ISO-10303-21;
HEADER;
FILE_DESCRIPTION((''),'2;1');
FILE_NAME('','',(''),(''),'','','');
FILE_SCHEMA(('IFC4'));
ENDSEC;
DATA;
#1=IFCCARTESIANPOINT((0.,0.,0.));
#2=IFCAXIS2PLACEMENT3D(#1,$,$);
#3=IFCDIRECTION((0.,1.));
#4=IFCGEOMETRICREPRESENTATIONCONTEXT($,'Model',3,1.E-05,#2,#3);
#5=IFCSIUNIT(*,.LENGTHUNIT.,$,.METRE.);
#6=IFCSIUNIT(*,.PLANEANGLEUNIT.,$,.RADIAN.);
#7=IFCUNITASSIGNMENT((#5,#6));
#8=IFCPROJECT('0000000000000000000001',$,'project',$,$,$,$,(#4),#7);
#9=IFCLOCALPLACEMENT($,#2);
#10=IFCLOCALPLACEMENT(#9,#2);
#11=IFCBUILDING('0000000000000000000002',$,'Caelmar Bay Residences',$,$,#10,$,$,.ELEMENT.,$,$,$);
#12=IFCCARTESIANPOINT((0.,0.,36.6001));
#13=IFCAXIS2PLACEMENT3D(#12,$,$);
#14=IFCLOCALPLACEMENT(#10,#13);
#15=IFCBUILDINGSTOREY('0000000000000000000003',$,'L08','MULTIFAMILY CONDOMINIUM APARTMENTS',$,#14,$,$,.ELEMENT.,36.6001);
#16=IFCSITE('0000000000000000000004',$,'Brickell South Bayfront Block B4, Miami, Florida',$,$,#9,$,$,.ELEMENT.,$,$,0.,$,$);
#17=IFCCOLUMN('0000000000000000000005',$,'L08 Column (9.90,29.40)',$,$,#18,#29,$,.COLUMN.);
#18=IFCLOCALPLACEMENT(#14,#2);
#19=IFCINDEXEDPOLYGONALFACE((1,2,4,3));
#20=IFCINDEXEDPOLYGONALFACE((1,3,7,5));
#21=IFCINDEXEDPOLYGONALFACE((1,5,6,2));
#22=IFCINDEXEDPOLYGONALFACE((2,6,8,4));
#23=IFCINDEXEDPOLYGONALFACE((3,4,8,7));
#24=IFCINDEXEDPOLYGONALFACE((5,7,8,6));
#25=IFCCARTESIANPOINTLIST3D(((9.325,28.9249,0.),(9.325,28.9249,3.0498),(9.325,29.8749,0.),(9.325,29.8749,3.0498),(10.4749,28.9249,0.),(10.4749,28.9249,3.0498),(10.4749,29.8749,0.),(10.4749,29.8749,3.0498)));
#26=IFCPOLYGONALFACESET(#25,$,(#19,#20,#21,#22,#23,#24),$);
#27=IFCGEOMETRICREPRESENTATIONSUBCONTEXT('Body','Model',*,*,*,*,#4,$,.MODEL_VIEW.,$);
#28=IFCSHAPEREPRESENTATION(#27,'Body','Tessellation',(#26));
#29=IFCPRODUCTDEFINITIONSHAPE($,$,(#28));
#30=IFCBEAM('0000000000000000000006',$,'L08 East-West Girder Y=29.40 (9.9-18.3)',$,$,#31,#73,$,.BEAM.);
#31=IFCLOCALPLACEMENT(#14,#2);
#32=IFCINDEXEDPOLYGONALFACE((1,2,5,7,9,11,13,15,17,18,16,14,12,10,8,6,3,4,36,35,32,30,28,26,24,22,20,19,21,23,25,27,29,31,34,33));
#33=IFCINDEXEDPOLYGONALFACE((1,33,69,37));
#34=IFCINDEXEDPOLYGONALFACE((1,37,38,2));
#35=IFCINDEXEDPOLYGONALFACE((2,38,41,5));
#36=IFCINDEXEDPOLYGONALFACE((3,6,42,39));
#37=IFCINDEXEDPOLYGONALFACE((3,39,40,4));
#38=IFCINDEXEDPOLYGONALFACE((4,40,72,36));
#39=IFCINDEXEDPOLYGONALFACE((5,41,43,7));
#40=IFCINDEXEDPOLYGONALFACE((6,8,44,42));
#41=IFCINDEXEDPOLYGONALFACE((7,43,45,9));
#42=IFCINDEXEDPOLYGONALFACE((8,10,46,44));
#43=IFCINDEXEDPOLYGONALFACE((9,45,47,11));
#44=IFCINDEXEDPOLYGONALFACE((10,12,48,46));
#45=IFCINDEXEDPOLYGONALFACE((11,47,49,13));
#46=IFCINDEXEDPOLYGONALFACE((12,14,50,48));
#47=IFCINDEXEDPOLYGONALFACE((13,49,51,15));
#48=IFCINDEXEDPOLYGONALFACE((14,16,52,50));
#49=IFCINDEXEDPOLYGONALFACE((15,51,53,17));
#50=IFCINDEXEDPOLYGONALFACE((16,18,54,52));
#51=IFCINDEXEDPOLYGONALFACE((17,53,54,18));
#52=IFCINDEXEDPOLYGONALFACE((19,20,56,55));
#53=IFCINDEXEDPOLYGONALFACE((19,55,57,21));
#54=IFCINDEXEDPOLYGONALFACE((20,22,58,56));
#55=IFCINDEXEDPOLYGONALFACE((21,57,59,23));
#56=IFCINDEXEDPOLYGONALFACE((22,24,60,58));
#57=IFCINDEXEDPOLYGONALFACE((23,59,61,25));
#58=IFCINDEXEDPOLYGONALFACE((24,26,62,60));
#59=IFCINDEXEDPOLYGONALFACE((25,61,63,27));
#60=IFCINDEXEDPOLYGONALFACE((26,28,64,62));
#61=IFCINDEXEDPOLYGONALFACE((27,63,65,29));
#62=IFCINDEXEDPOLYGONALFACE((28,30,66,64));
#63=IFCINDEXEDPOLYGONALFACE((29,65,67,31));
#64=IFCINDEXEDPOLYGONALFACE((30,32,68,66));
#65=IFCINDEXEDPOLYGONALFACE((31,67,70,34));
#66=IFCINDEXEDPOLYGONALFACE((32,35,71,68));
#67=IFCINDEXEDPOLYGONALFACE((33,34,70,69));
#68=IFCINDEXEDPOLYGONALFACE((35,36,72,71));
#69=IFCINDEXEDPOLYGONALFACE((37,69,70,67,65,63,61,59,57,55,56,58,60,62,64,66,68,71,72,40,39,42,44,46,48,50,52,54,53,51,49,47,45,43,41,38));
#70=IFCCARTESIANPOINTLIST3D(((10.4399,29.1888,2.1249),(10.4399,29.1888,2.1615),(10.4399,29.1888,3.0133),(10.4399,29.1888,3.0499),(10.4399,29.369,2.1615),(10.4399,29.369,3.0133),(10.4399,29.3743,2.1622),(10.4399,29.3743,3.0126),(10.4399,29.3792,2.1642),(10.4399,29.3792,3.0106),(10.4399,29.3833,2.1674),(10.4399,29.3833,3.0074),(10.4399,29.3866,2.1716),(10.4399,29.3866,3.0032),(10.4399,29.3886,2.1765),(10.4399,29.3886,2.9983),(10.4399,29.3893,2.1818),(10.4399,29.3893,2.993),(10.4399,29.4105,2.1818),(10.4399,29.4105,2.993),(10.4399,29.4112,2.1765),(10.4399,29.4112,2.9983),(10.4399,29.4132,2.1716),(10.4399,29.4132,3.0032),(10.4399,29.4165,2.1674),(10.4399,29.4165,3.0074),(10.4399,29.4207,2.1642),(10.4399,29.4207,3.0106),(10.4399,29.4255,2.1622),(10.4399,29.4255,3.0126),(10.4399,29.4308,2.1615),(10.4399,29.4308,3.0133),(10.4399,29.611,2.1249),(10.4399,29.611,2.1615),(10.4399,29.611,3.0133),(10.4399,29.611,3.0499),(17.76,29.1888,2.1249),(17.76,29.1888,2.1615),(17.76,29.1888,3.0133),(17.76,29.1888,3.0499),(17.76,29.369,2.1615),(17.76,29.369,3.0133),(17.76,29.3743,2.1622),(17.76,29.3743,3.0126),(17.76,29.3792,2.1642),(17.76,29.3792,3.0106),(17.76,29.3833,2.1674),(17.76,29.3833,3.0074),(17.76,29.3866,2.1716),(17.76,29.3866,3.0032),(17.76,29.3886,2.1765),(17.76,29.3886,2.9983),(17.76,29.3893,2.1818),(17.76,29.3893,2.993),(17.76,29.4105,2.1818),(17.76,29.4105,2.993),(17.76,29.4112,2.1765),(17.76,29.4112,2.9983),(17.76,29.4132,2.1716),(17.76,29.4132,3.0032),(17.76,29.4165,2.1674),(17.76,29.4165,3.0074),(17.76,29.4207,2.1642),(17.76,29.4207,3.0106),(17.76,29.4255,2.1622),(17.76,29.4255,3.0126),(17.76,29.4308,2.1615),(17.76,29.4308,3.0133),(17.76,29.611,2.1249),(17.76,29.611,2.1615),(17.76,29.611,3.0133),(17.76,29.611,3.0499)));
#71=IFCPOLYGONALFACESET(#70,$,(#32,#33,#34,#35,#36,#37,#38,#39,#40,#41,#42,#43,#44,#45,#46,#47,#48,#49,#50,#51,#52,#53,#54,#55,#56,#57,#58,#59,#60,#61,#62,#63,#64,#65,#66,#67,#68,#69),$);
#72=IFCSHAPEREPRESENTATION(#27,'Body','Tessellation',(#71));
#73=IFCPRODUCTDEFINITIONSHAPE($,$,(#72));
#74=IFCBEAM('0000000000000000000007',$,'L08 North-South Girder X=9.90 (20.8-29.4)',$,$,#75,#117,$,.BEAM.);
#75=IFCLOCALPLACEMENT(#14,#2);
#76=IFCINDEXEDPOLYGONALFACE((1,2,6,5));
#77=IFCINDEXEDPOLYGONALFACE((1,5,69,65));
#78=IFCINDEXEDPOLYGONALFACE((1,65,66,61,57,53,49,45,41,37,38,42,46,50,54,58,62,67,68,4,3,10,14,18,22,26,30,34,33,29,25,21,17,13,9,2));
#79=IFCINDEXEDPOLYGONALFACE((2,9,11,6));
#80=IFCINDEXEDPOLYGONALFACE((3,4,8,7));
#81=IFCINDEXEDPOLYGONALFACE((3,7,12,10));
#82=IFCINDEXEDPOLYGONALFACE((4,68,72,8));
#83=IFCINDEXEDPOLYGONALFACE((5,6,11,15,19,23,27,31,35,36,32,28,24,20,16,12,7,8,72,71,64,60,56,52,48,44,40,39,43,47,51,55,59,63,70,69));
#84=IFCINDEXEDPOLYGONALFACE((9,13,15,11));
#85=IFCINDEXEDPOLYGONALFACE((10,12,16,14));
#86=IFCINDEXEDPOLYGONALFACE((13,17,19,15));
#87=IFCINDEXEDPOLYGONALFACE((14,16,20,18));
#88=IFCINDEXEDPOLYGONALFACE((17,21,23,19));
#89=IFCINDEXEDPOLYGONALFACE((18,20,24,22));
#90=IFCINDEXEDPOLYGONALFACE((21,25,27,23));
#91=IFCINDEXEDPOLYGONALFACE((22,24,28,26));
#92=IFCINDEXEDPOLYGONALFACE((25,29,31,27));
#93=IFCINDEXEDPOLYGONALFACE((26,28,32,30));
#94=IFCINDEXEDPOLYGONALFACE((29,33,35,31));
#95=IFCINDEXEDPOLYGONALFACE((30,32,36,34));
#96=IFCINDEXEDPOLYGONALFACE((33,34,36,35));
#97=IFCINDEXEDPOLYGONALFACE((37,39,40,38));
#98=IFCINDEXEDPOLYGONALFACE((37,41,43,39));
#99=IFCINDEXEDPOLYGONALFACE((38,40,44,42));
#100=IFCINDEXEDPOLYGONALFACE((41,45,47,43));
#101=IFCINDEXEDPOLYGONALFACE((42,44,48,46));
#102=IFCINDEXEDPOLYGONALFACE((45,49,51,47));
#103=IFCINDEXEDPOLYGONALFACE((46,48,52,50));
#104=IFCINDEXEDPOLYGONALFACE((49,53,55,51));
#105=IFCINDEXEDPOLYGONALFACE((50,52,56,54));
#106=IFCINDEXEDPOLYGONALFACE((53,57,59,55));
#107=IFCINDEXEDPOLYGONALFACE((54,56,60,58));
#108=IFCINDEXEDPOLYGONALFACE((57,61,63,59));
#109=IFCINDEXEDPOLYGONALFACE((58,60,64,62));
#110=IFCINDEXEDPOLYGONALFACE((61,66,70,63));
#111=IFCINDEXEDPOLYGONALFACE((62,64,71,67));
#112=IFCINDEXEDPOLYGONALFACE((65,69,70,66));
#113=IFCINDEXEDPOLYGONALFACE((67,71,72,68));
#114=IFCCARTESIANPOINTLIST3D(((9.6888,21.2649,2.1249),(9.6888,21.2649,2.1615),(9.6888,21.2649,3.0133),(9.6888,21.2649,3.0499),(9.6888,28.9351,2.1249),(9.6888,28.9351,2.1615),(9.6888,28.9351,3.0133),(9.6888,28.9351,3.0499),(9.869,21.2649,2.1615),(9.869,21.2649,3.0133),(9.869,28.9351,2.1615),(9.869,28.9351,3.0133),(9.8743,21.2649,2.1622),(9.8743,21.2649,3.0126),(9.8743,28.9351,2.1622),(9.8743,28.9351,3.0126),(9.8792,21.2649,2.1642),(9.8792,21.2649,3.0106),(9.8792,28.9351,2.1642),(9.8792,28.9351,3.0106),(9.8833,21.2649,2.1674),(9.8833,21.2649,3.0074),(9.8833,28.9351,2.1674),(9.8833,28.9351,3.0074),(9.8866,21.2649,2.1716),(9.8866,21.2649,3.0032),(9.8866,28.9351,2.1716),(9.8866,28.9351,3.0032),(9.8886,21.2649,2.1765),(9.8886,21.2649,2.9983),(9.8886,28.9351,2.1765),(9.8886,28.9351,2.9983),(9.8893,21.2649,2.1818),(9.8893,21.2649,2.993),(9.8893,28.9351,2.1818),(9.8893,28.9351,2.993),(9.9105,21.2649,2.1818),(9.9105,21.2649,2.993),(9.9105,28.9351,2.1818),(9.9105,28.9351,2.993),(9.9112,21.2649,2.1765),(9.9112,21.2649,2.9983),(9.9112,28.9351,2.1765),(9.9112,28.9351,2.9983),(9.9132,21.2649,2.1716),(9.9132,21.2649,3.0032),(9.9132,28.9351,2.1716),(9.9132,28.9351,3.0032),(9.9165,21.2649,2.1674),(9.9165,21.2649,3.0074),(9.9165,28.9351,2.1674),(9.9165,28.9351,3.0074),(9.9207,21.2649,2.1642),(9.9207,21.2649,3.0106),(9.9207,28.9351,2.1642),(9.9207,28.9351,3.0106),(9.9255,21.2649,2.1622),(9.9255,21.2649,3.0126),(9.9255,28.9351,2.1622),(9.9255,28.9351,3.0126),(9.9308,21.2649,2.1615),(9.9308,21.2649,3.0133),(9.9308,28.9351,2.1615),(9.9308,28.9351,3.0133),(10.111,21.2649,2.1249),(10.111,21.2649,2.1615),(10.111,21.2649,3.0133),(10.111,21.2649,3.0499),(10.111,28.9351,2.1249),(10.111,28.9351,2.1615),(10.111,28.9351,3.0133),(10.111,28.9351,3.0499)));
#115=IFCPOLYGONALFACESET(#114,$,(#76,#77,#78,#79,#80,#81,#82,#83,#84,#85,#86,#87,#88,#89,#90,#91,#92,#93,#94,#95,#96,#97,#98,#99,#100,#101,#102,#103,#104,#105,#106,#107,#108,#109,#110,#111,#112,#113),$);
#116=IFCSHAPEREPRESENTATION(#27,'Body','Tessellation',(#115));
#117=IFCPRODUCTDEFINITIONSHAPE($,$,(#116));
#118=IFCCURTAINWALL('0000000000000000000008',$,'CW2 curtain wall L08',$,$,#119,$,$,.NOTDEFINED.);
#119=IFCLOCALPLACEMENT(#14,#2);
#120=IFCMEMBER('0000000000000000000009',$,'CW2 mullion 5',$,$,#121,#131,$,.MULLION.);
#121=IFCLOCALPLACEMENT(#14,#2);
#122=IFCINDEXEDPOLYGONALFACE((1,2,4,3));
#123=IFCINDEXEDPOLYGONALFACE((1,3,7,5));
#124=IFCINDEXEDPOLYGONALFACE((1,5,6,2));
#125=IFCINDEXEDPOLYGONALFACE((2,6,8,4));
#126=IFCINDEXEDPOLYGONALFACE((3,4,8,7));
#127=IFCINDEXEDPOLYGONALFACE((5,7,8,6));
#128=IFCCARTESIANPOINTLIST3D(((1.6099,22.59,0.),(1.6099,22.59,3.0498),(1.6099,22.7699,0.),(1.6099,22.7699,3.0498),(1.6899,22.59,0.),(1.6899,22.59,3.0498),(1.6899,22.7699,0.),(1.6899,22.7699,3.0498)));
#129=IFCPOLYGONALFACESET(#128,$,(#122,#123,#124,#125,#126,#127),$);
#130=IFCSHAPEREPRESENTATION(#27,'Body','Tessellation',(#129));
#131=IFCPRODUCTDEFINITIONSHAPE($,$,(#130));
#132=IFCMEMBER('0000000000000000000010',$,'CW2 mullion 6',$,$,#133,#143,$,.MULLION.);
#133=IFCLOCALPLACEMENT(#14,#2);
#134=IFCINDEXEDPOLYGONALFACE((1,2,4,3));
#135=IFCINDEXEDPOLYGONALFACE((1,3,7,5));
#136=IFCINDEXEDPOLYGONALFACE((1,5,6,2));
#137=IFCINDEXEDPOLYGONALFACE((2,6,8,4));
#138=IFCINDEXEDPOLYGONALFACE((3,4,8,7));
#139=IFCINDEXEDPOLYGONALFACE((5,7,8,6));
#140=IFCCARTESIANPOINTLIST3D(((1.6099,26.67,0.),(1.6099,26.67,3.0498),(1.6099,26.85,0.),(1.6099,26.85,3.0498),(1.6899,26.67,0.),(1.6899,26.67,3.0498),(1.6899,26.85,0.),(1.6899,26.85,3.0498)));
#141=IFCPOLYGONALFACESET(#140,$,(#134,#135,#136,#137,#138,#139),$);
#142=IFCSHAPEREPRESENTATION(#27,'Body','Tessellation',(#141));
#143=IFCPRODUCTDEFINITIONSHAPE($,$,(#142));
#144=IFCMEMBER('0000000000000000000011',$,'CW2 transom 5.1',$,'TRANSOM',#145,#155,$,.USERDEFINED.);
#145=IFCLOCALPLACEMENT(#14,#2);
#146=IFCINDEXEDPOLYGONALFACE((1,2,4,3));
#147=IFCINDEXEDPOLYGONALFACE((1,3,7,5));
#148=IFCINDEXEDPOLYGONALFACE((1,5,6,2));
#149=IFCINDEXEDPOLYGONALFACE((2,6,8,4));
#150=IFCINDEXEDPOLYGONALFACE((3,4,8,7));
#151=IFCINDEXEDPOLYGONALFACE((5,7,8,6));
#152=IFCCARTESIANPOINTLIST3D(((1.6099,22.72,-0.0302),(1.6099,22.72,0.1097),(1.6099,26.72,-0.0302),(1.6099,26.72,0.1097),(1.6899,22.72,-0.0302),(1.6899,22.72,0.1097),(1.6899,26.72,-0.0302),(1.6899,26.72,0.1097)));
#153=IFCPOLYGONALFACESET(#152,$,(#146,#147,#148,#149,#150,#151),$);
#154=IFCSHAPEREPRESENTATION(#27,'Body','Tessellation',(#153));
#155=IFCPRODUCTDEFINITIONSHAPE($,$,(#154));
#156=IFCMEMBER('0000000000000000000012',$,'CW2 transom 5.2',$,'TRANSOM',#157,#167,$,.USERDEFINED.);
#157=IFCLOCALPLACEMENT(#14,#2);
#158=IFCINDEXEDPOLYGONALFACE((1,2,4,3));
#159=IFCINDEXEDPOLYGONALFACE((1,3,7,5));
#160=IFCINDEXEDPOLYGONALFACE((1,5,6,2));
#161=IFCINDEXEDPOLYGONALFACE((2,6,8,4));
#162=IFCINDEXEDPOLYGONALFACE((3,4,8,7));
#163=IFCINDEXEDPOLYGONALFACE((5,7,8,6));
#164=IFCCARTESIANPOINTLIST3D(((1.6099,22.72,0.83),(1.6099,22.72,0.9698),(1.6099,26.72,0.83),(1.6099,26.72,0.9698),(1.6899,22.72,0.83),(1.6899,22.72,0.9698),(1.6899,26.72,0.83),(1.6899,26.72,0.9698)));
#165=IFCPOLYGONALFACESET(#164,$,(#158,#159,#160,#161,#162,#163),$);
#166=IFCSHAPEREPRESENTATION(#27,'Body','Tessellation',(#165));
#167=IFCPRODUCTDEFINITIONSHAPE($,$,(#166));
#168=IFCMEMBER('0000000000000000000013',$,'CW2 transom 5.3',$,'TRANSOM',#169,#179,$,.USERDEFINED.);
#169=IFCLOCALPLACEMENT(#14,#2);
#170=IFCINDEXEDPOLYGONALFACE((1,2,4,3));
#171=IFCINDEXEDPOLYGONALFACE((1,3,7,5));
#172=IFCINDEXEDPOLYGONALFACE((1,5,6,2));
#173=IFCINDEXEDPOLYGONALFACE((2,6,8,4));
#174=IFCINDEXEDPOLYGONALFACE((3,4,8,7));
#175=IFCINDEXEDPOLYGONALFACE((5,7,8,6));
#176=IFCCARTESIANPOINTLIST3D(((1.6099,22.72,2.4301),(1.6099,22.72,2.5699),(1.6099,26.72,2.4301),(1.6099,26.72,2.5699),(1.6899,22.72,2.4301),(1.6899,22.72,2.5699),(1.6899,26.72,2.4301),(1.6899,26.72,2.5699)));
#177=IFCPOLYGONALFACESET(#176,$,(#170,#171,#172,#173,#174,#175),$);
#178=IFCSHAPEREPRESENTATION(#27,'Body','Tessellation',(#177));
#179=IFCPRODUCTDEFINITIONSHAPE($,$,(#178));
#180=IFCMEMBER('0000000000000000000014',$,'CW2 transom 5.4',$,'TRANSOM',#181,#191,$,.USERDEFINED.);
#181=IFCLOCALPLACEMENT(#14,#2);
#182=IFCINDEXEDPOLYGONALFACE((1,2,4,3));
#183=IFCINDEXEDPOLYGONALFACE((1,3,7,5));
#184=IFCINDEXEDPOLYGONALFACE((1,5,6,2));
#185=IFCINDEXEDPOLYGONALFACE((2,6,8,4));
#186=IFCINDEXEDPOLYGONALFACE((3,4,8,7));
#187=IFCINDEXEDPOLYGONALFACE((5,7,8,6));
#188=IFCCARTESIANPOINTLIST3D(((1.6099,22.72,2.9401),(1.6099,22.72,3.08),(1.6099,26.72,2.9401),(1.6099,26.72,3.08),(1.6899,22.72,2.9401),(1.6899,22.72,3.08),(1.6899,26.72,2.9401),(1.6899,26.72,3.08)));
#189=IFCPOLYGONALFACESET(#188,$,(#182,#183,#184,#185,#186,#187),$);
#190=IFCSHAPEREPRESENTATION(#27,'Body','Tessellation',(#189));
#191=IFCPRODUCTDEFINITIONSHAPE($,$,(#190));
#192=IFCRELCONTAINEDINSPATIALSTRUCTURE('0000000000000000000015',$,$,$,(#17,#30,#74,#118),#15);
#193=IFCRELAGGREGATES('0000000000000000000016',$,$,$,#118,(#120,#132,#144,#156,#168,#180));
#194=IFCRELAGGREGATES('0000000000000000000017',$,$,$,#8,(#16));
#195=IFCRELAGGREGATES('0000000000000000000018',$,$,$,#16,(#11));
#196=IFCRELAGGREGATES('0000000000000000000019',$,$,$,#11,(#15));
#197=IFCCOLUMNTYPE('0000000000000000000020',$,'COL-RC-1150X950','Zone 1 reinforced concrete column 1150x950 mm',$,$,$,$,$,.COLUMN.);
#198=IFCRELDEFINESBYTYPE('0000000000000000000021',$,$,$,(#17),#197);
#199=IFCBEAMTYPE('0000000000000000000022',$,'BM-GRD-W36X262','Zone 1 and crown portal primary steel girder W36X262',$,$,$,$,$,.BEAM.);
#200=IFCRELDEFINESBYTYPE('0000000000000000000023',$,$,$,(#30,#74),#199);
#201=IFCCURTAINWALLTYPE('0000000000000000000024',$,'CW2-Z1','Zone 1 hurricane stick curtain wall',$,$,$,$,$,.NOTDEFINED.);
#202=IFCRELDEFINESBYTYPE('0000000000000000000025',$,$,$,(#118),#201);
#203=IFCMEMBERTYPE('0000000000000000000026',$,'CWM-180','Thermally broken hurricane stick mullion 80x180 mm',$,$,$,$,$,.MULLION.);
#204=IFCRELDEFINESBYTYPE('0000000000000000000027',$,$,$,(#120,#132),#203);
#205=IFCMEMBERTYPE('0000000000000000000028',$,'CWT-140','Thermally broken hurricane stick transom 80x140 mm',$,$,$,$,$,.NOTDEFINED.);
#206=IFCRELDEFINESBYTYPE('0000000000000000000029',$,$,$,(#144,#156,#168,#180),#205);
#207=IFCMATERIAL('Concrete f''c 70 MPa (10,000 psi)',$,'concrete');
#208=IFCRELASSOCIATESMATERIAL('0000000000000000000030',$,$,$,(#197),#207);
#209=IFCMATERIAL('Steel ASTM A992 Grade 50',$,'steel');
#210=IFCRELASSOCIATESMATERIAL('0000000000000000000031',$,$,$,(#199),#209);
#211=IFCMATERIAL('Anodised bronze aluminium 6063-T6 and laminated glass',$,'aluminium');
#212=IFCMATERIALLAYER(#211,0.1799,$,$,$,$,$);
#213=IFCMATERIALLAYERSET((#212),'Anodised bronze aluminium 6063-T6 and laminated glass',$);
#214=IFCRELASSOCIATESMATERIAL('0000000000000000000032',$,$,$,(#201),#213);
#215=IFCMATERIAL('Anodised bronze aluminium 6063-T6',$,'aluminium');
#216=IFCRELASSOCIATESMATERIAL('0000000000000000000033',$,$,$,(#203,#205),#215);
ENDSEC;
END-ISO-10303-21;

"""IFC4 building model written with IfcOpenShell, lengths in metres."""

from ifc_helpers import new_model, si_unit, direction, frame, origin, origin_2d, place, context, subcontext, project, spatial, rectangle, i_section, extrude, material, layer, layer_set, material_profile, profile_set, type_object, element, aggregate, save


model = new_model("IFC4")

# Units and contexts
model_context = context("Model", 3, precision=1e-05, world=origin(), true_north=direction((0.0, 1.0)))
body_context = subcontext(model_context, "Body", "Model", "MODEL_VIEW")
ifc_project = project(units=[si_unit("LENGTHUNIT", "METRE"), si_unit("PLANEANGLEUNIT", "RADIAN")], contexts=[model_context])

# Site, building, storey
site_placement = place(None, origin())
site = spatial("IfcSite", under=ifc_project, at=site_placement, Name="Brickell South Bayfront Block B4, Miami, Florida", CompositionType="ELEMENT", RefElevation=0.0)
building_placement = place(site_placement, origin())
building = spatial("IfcBuilding", under=site, at=building_placement, Name="Caelmar Bay Residences", CompositionType="ELEMENT")
storey_placement = place(building_placement, frame((0.0, 0.0, 36.6001)))
storey = spatial("IfcBuildingStorey", under=building, at=storey_placement, Name="L08", Description="MULTIFAMILY CONDOMINIUM APARTMENTS", CompositionType="ELEMENT", Elevation=36.6001)

# Column
ifc_material_1 = material(Name="Concrete f'c 70 MPa (10,000 psi)", Category="concrete")
ifc_material_profile_1 = material_profile(ifc_material_1, rectangle(XDim=1.1499, YDim=0.95, at=origin_2d()), Name="RC-COL-1150X950")
ifc_profile_set_1 = profile_set([ifc_material_profile_1], Name="Concrete f'c 70 MPa (10,000 psi)")
column_type = type_object("IfcColumnType", Name="COL-RC-1150X950", Description="Zone 1 reinforced concrete column 1150x950 mm", PredefinedType="COLUMN", material=ifc_profile_set_1)
column_placement = place(storey_placement, frame((9.8999, 29.3999, 0.0), z_axis=(0.0, 0.0, 1.0), x_axis=(1.0, 0.0, 0.0)))
element("IfcColumn", 1, at=column_placement, inside=storey, type_object=column_type, Name="L08 Column (9.90,29.40)", PredefinedType="COLUMN", context=body_context, shape_type="SweptSolid", body=[
    extrude(rectangle(XDim=1.1499, YDim=0.95, at=origin_2d()), origin(), (0.0, 0.0, 1.0), 3.0498),
])

# Beams
ifc_material_2 = material(Name="Steel ASTM A992 Grade 50", Category="steel")
ifc_material_profile_2 = material_profile(ifc_material_2, i_section(OverallWidth=0.4221, OverallDepth=0.925, WebThickness=0.0212, FlangeThickness=0.0366, FilletRadius=0.0203, at=origin_2d()), Name="W36X262")
ifc_profile_set_2 = profile_set([ifc_material_profile_2], Name="Steel ASTM A992 Grade 50")
beam_type = type_object("IfcBeamType", Name="BM-GRD-W36X262", Description="Zone 1 and crown portal primary steel girder W36X262", PredefinedType="BEAM", material=ifc_profile_set_2)
beam_1_placement = place(storey_placement, frame((10.4399, 29.3999, 2.5874), z_axis=(1.0, 0.0, 0.0), x_axis=(0.0, 1.0, 0.0)))
element("IfcBeam", 2, at=beam_1_placement, inside=storey, type_object=beam_type, Name="L08 East-West Girder Y=29.40 (9.9-18.3)", PredefinedType="BEAM", context=body_context, shape_type="SweptSolid", body=[
    extrude(i_section(OverallWidth=0.4221, OverallDepth=0.925, WebThickness=0.0212, FlangeThickness=0.0366, FilletRadius=0.0203, at=origin_2d()), origin(), (0.0, 0.0, 1.0), 7.3201),
])
beam_2_placement = place(storey_placement, frame((9.8999, 21.2649, 2.5874), z_axis=(0.0, 1.0, 0.0), x_axis=(-1.0, 0.0, 0.0)))
element("IfcBeam", 3, at=beam_2_placement, inside=storey, type_object=beam_type, Name="L08 North-South Girder X=9.90 (20.8-29.4)", PredefinedType="BEAM", context=body_context, shape_type="SweptSolid", body=[
    extrude(i_section(OverallWidth=0.4221, OverallDepth=0.925, WebThickness=0.0212, FlangeThickness=0.0366, FilletRadius=0.0203, at=origin_2d()), origin(), (0.0, 0.0, 1.0), 7.6702),
])

# Curtain wall, members
ifc_material_3 = material(Name="Anodised bronze aluminium 6063-T6 and laminated glass", Category="aluminium")
ifc_layer_1 = layer(ifc_material_3, 0.1799)
ifc_layer_set_1 = layer_set([ifc_layer_1], Name="Anodised bronze aluminium 6063-T6 and laminated glass")
curtain_wall_type = type_object("IfcCurtainWallType", Name="CW2-Z1", Description="Zone 1 hurricane stick curtain wall", PredefinedType="NOTDEFINED", material=ifc_layer_set_1)
curtain_wall_placement = place(storey_placement, origin())
curtain_wall = element("IfcCurtainWall", 4, at=curtain_wall_placement, inside=storey, type_object=curtain_wall_type, Name="CW2 curtain wall L08", PredefinedType="NOTDEFINED")
ifc_material_4 = material(Name="Anodised bronze aluminium 6063-T6", Category="aluminium")
ifc_material_profile_3 = material_profile(ifc_material_4, rectangle(XDim=0.0801, YDim=0.1799, at=origin_2d()), Name="CWM-80X180")
ifc_profile_set_3 = profile_set([ifc_material_profile_3], Name="Anodised bronze aluminium 6063-T6")
member_type_1 = type_object("IfcMemberType", Name="CWM-180", Description="Thermally broken hurricane stick mullion 80x180 mm", PredefinedType="MULLION", material=ifc_profile_set_3)
member_1_placement = place(storey_placement, frame((1.6499, 22.6799, 0.0), z_axis=(0.0, 0.0, 1.0), x_axis=(-1.0, 0.0, 0.0)))
member_1 = element("IfcMember", 5, at=member_1_placement, type_object=member_type_1, Name="CW2 mullion 5", PredefinedType="MULLION", context=body_context, shape_type="SweptSolid", body=[
    extrude(rectangle(XDim=0.0801, YDim=0.1799, at=origin_2d()), origin(), (0.0, 0.0, 1.0), 3.0498),
])
member_2_placement = place(storey_placement, frame((1.6499, 26.76, 0.0), z_axis=(0.0, 0.0, 1.0), x_axis=(-1.0, 0.0, 0.0)))
member_2 = element("IfcMember", 6, at=member_2_placement, type_object=member_type_1, Name="CW2 mullion 6", PredefinedType="MULLION", context=body_context, shape_type="SweptSolid", body=[
    extrude(rectangle(XDim=0.0801, YDim=0.1799, at=origin_2d()), origin(), (0.0, 0.0, 1.0), 3.0498),
])
ifc_material_profile_4 = material_profile(ifc_material_4, rectangle(XDim=0.0801, YDim=0.1399, at=origin_2d()), Name="CWT-80X140")
ifc_profile_set_4 = profile_set([ifc_material_profile_4], Name="Anodised bronze aluminium 6063-T6")
member_type_2 = type_object("IfcMemberType", Name="CWT-140", Description="Thermally broken hurricane stick transom 80x140 mm", PredefinedType="NOTDEFINED", material=ifc_profile_set_4)
member_3_placement = place(storey_placement, frame((1.6499, 22.72, 0.0398), z_axis=(0.0, 1.0, 0.0), x_axis=(-1.0, 0.0, 0.0)))
member_3 = element("IfcMember", 7, at=member_3_placement, type_object=member_type_2, Name="CW2 transom 5.1", ObjectType="TRANSOM", PredefinedType="USERDEFINED", context=body_context, shape_type="SweptSolid", body=[
    extrude(rectangle(XDim=0.0801, YDim=0.1399, at=origin_2d()), origin(), (0.0, 0.0, 1.0), 4.0),
])
member_4_placement = place(storey_placement, frame((1.6499, 22.72, 0.8999), z_axis=(0.0, 1.0, 0.0), x_axis=(-1.0, 0.0, 0.0)))
member_4 = element("IfcMember", 8, at=member_4_placement, type_object=member_type_2, Name="CW2 transom 5.2", ObjectType="TRANSOM", PredefinedType="USERDEFINED", context=body_context, shape_type="SweptSolid", body=[
    extrude(rectangle(XDim=0.0801, YDim=0.1399, at=origin_2d()), origin(), (0.0, 0.0, 1.0), 4.0),
])
member_5_placement = place(storey_placement, frame((1.6499, 22.72, 2.5), z_axis=(0.0, 1.0, 0.0), x_axis=(-1.0, 0.0, 0.0)))
member_5 = element("IfcMember", 9, at=member_5_placement, type_object=member_type_2, Name="CW2 transom 5.3", ObjectType="TRANSOM", PredefinedType="USERDEFINED", context=body_context, shape_type="SweptSolid", body=[
    extrude(rectangle(XDim=0.0801, YDim=0.1399, at=origin_2d()), origin(), (0.0, 0.0, 1.0), 4.0),
])
member_6_placement = place(storey_placement, frame((1.6499, 22.72, 3.01), z_axis=(0.0, 1.0, 0.0), x_axis=(-1.0, 0.0, 0.0)))
member_6 = element("IfcMember", 10, at=member_6_placement, type_object=member_type_2, Name="CW2 transom 5.4", ObjectType="TRANSOM", PredefinedType="USERDEFINED", context=body_context, shape_type="SweptSolid", body=[
    extrude(rectangle(XDim=0.0801, YDim=0.1399, at=origin_2d()), origin(), (0.0, 0.0, 1.0), 4.0),
])
aggregate(curtain_wall, [member_1, member_2, member_3, member_4, member_5, member_6])

save(model, "model.ifc")
